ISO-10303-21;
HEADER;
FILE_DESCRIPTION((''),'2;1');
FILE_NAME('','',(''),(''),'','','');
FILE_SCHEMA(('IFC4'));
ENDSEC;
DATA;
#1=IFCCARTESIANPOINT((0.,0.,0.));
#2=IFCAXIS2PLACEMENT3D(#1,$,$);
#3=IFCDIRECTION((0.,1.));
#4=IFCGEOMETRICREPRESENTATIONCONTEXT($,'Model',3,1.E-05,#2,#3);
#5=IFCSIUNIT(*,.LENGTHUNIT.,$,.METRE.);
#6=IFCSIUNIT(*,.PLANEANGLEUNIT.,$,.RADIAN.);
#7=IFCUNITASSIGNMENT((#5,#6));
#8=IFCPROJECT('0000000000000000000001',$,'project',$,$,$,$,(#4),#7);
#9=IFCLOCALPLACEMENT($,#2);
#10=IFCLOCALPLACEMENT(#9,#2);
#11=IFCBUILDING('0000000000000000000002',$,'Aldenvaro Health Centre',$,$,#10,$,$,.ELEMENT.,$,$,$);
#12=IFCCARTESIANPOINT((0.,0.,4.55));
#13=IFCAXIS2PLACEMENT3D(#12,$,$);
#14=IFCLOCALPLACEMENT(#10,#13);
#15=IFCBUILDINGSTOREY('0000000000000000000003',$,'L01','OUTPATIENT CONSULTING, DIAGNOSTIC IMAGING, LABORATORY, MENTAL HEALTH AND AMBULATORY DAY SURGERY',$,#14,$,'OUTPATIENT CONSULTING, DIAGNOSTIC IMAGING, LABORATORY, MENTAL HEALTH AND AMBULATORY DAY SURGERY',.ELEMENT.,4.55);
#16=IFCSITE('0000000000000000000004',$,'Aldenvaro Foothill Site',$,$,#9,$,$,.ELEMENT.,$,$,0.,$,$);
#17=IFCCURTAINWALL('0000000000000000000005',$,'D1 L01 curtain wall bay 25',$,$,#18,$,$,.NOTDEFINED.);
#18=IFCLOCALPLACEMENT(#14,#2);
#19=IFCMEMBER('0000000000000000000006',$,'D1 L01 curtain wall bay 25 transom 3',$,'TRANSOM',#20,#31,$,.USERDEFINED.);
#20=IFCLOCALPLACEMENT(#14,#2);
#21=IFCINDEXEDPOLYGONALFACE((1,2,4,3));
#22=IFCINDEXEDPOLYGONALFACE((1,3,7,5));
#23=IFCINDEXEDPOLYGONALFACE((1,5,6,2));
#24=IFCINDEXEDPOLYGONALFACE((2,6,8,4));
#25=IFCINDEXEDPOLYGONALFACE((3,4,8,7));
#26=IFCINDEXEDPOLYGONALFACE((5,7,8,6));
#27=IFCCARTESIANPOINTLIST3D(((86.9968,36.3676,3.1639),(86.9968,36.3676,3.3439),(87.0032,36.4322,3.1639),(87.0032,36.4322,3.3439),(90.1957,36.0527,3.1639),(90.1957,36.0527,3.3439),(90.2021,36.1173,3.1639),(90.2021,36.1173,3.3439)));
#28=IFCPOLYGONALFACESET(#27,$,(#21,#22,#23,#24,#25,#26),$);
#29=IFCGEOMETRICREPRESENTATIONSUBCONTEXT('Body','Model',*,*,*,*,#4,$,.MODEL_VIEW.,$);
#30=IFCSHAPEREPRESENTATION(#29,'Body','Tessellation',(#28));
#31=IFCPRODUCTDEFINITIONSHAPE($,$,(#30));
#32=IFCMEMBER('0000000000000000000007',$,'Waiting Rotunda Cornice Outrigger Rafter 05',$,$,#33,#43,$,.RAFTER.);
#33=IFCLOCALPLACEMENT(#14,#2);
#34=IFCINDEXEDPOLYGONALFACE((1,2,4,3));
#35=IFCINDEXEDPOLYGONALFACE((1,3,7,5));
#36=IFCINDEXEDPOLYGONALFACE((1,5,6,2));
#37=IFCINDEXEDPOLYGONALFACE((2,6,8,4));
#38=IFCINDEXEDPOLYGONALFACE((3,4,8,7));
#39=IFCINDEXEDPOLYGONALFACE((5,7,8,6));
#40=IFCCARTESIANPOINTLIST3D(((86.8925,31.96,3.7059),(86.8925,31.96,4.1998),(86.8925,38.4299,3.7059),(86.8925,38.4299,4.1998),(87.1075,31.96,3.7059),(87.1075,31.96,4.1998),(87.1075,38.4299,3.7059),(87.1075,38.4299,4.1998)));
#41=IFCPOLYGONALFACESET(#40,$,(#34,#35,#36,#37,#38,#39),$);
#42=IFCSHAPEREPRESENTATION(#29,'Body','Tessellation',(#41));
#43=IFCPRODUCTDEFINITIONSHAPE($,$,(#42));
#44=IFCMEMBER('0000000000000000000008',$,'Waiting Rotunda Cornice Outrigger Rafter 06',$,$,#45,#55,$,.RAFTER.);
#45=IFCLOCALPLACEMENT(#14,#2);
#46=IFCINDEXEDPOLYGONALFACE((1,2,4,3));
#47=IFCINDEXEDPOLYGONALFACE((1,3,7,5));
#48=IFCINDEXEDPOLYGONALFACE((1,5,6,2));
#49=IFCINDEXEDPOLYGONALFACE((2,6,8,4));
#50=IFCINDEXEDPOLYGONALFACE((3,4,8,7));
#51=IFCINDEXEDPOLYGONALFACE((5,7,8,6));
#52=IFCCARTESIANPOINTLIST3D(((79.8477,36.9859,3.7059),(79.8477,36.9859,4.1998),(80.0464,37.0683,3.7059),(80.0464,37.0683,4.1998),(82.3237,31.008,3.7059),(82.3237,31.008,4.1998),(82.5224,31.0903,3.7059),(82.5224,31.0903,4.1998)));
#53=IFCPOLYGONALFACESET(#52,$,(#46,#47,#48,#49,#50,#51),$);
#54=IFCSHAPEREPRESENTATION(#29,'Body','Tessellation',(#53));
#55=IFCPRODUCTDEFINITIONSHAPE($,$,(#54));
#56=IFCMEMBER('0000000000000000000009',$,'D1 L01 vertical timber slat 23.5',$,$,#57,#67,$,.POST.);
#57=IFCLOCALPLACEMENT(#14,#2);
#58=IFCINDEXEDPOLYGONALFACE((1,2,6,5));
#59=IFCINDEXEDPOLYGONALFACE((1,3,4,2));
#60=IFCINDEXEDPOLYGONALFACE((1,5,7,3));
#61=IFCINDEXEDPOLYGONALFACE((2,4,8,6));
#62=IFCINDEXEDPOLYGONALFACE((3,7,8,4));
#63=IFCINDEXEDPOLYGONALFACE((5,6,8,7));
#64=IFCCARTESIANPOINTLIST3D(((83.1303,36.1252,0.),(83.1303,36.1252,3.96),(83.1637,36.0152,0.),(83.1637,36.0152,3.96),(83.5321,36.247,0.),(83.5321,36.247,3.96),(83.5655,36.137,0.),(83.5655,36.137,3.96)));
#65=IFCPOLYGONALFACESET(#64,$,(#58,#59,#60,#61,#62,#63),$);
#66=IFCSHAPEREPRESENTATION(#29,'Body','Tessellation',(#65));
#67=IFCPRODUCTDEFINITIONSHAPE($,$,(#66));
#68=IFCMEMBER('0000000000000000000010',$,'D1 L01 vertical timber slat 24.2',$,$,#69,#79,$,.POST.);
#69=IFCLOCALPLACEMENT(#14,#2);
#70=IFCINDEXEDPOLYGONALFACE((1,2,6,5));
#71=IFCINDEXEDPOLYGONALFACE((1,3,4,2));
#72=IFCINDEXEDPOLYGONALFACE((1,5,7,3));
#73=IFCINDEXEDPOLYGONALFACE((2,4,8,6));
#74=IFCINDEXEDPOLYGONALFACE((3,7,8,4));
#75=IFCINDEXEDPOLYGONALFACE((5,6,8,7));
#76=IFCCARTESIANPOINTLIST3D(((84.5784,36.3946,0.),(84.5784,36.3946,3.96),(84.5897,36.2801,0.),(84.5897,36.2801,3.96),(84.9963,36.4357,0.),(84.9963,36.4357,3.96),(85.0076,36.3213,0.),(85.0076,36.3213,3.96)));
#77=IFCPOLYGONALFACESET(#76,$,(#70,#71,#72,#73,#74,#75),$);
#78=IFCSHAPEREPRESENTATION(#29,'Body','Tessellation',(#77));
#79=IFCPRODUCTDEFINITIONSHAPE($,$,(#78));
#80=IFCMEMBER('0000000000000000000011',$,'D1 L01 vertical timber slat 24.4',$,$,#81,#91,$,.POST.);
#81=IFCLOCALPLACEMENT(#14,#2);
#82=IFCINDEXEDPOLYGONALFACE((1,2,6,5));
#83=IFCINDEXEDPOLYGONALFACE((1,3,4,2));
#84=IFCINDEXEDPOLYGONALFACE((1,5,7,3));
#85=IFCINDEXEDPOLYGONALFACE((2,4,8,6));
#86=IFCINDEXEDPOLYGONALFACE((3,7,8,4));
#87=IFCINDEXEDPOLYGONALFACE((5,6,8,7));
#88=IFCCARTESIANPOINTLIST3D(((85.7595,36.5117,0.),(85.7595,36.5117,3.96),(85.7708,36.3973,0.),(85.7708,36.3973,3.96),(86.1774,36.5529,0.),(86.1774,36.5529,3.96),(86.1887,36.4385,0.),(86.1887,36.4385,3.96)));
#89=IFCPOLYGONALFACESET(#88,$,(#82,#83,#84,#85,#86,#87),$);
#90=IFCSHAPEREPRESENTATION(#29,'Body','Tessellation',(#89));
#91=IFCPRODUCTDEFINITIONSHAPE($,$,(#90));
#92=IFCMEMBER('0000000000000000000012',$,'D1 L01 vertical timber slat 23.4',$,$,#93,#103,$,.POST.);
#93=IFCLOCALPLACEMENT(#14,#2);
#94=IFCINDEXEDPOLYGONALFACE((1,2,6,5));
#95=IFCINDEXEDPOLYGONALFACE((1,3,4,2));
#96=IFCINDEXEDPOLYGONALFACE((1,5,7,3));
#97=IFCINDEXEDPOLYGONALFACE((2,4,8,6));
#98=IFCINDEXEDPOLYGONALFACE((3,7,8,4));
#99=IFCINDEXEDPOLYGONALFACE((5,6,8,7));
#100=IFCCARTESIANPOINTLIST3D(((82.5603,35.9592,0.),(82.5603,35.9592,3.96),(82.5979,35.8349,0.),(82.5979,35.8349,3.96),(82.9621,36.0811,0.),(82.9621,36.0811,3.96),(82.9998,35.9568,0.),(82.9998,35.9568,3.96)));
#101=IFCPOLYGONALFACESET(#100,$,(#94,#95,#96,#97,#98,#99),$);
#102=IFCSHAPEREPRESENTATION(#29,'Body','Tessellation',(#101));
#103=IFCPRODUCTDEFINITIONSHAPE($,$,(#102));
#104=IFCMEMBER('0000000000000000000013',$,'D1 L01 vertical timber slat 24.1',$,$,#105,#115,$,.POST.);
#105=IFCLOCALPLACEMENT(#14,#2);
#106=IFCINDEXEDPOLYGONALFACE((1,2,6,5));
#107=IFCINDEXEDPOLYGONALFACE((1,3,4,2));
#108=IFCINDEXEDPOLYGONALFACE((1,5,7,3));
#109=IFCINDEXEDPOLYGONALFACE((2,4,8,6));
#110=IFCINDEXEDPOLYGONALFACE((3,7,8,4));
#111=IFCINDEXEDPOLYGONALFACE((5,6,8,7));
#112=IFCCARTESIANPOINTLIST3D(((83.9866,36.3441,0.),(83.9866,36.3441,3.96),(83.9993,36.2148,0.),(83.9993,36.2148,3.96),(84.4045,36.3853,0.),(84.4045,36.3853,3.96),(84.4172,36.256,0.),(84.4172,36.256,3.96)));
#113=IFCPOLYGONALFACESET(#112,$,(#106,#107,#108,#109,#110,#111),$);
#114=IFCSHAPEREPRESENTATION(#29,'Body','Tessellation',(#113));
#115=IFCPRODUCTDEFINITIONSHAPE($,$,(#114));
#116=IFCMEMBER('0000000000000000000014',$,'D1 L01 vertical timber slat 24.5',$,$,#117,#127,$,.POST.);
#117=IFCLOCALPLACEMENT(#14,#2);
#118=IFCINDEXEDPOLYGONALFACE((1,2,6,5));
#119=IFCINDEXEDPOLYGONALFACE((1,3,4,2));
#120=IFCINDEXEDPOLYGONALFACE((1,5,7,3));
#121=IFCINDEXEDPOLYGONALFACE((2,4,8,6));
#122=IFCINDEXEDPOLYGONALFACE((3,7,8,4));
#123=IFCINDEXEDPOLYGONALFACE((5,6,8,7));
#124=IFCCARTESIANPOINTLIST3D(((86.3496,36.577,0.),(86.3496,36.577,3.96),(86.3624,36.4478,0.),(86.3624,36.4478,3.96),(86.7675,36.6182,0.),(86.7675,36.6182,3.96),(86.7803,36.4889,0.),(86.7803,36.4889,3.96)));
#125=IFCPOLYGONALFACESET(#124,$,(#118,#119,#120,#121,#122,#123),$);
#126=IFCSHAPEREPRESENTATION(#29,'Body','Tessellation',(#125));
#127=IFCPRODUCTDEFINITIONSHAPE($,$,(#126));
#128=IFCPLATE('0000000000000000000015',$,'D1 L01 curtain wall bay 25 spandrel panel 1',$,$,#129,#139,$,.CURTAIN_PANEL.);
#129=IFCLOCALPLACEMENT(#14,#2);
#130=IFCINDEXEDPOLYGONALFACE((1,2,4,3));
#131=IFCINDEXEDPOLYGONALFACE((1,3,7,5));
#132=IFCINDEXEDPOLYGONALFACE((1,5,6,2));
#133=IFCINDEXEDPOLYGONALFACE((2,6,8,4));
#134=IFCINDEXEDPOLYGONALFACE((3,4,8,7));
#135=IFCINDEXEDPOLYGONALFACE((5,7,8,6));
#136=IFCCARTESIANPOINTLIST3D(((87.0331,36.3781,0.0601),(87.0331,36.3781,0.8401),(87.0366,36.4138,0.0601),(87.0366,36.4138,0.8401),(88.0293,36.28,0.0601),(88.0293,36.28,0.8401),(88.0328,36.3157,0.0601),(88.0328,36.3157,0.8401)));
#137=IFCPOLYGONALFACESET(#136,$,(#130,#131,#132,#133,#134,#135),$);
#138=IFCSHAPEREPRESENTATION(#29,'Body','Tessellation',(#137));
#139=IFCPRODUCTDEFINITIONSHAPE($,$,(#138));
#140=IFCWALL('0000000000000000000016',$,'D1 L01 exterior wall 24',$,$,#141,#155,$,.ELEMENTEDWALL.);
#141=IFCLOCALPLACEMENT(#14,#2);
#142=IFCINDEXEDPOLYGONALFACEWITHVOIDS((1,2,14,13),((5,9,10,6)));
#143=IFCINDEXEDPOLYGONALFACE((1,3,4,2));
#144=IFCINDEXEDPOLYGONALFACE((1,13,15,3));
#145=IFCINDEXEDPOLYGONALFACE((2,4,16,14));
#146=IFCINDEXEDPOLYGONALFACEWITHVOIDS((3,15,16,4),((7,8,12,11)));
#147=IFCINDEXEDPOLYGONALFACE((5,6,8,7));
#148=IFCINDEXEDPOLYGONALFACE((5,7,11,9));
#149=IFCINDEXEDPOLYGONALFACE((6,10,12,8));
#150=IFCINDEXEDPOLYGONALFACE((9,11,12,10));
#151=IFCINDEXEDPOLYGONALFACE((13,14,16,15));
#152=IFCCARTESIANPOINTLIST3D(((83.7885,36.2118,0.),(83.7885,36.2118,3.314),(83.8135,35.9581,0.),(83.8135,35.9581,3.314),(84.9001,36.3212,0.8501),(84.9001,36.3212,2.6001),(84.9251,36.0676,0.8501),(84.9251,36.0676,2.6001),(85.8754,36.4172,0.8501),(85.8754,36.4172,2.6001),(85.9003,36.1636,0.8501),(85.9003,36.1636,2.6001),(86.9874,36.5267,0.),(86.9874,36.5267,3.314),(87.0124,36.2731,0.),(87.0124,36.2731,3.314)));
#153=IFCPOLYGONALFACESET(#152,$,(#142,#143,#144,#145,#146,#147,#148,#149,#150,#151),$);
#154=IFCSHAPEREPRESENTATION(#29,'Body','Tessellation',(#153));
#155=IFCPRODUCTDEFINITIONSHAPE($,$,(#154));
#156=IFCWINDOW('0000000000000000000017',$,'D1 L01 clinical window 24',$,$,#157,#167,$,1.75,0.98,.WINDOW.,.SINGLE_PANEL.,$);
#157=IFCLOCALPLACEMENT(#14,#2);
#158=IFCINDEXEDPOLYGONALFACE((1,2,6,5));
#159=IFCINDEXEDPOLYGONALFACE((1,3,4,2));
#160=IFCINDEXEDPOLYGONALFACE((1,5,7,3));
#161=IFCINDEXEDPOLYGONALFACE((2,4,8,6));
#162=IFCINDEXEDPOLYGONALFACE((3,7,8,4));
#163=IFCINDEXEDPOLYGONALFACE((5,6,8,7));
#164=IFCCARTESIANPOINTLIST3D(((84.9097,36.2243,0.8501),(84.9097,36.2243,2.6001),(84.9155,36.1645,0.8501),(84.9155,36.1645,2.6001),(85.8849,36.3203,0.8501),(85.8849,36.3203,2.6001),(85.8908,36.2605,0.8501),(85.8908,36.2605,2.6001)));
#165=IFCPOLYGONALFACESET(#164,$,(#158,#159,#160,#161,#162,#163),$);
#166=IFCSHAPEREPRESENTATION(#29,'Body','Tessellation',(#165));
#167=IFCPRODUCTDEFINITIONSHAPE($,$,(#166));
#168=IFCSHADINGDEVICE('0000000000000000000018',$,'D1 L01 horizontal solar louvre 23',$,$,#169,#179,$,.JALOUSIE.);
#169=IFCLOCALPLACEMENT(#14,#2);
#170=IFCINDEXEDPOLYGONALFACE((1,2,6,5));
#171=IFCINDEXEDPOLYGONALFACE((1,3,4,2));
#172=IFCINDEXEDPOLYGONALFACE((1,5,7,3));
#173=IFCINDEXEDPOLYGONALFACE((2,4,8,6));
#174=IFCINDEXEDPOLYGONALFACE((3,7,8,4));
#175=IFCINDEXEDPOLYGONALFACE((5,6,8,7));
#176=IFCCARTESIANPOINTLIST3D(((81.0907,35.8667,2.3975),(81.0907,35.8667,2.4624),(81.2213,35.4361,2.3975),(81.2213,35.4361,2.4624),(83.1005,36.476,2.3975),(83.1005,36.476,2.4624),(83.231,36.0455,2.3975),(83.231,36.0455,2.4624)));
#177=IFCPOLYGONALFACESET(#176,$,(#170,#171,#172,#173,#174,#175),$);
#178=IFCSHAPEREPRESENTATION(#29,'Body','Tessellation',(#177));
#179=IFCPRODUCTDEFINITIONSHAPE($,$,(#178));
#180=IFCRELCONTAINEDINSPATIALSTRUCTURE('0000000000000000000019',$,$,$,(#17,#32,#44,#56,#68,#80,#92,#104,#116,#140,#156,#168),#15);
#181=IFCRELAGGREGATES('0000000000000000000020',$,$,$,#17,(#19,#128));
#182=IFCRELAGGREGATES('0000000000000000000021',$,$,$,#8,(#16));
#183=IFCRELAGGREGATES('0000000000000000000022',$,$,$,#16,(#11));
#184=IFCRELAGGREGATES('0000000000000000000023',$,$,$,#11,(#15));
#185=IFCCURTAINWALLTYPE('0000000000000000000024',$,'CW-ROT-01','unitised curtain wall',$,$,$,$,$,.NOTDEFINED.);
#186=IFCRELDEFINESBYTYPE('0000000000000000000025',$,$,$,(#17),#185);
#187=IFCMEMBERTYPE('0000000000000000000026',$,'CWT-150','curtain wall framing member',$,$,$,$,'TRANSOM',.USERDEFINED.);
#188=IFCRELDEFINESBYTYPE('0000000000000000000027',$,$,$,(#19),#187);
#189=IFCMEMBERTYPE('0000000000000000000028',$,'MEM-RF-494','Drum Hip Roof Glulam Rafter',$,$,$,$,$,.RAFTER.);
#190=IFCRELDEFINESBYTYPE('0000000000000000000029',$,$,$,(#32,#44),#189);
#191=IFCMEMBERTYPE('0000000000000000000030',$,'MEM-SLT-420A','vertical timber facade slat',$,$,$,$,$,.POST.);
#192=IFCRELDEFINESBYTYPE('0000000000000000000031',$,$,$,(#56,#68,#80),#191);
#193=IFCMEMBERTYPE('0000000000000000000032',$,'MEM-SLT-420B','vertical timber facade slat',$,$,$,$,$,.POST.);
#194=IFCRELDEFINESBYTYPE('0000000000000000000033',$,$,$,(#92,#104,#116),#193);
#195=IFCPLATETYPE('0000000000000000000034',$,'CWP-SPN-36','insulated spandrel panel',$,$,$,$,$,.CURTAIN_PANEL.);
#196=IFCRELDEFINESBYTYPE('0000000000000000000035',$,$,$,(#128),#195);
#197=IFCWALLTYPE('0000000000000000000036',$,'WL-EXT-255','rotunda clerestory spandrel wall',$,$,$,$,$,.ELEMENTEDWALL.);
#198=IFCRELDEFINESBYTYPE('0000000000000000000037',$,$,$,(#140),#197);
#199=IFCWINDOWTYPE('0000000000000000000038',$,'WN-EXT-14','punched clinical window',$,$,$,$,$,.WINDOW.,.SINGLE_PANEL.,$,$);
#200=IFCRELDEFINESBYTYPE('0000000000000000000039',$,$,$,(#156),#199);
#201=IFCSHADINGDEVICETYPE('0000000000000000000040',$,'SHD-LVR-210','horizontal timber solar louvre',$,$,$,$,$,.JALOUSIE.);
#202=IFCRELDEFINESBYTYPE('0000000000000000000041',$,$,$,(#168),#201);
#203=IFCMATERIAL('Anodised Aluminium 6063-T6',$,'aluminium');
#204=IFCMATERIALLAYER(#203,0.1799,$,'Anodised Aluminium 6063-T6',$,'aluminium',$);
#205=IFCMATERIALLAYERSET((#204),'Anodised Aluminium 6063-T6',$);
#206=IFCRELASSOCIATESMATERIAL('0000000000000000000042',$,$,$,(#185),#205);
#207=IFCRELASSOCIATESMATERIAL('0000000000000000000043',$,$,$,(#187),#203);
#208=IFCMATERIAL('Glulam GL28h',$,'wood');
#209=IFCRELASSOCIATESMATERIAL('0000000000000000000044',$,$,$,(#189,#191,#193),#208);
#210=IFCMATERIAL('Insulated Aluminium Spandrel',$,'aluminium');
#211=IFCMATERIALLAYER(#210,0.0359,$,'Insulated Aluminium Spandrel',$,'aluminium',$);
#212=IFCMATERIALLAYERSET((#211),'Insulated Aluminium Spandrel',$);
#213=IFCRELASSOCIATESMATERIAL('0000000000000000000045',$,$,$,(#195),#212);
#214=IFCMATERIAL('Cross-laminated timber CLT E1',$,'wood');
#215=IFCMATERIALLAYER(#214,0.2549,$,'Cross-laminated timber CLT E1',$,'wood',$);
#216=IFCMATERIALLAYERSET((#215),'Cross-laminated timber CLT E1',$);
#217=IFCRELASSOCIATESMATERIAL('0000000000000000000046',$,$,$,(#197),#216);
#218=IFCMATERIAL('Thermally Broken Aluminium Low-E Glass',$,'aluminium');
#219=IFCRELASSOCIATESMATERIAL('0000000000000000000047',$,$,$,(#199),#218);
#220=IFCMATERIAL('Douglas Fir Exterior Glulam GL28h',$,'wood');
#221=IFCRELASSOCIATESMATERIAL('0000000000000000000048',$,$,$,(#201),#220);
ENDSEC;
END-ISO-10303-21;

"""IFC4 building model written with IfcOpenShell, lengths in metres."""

from ifc_helpers import new_model, si_unit, direction, frame, frame_2d, origin, origin_2d, place, context, subcontext, project, spatial, rectangle, extrude, material, layer, layer_set, material_profile, profile_set, type_object, element, fill, aggregate, save


model = new_model("IFC4")

# Units and contexts
model_context = context("Model", 3, precision=1e-05, world=origin(), true_north=direction((0.0, 1.0)))
body_context = subcontext(model_context, "Body", "Model", "MODEL_VIEW")
ifc_project = project(units=[si_unit("LENGTHUNIT", "METRE"), si_unit("PLANEANGLEUNIT", "RADIAN")], contexts=[model_context])

# Site, building, storey
site_placement = place(None, origin())
site = spatial("IfcSite", under=ifc_project, at=site_placement, Name="Aldenvaro Foothill Site", CompositionType="ELEMENT", RefElevation=0.0)
building_placement = place(site_placement, origin())
building = spatial("IfcBuilding", under=site, at=building_placement, Name="Aldenvaro Health Centre", CompositionType="ELEMENT")
storey_placement = place(building_placement, frame((0.0, 0.0, 4.55)))
storey = spatial("IfcBuildingStorey", under=building, at=storey_placement, Name="L01", Description="OUTPATIENT CONSULTING, DIAGNOSTIC IMAGING, LABORATORY, MENTAL HEALTH AND AMBULATORY DAY SURGERY", LongName="OUTPATIENT CONSULTING, DIAGNOSTIC IMAGING, LABORATORY, MENTAL HEALTH AND AMBULATORY DAY SURGERY", CompositionType="ELEMENT", Elevation=4.55)

# Shared definitions
ifc_material_1 = material(Name="Glulam GL28h", Category="wood")

# Curtain wall, member
ifc_material_2 = material(Name="Anodised Aluminium 6063-T6", Category="aluminium")
ifc_layer_1 = layer(ifc_material_2, 0.1799, Name="Anodised Aluminium 6063-T6", Category="aluminium")
ifc_layer_set_1 = layer_set([ifc_layer_1], Name="Anodised Aluminium 6063-T6")
curtain_wall_type = type_object("IfcCurtainWallType", Name="CW-ROT-01", Description="unitised curtain wall", PredefinedType="NOTDEFINED", material=ifc_layer_set_1)
curtain_wall_placement = place(storey_placement, origin())
curtain_wall = element("IfcCurtainWall", 1, at=curtain_wall_placement, inside=storey, type_object=curtain_wall_type, Name="D1 L01 curtain wall bay 25", PredefinedType="NOTDEFINED")
ifc_material_profile_1 = material_profile(ifc_material_2, rectangle(XDim=0.0649, YDim=0.1799, at=origin_2d()), Name="ALU 65x180", Category="aluminium")
ifc_profile_set_1 = profile_set([ifc_material_profile_1], Name="Anodised Aluminium 6063-T6")
member_type_1 = type_object("IfcMemberType", Name="CWT-150", Description="curtain wall framing member", ElementType="TRANSOM", PredefinedType="USERDEFINED", material=ifc_profile_set_1)
member_1_placement = place(storey_placement, frame((87.0, 36.3999, 3.2539), z_axis=(0.995189, -0.097977, 0.0), x_axis=(0.097977, 0.995189, 0.0)))
member_1 = element("IfcMember", 2, at=member_1_placement, type_object=member_type_1, Name="D1 L01 curtain wall bay 25 transom 3", ObjectType="TRANSOM", PredefinedType="USERDEFINED", context=body_context, shape_type="SweptSolid", body=[
    extrude(rectangle(XDim=0.0649, YDim=0.1799, at=origin_2d()), origin(), (0.0, 0.0, 1.0), 3.2144),
])

# Members
ifc_material_profile_2 = material_profile(ifc_material_1, rectangle(XDim=0.2151, YDim=0.4939, at=origin_2d()), Name="GL 215x494", Category="wood")
ifc_profile_set_2 = profile_set([ifc_material_profile_2], Name="Glulam GL28h")
member_type_2 = type_object("IfcMemberType", Name="MEM-RF-494", Description="Drum Hip Roof Glulam Rafter", PredefinedType="RAFTER", material=ifc_profile_set_2)
member_2_placement = place(storey_placement, frame((87.0, 38.4299, 3.9529), z_axis=(0.0, -1.0, 0.0), x_axis=(1.0, 0.0, 0.0)))
element("IfcMember", 3, at=member_2_placement, inside=storey, type_object=member_type_2, Name="Waiting Rotunda Cornice Outrigger Rafter 05", PredefinedType="RAFTER", context=body_context, shape_type="SweptSolid", body=[
    extrude(rectangle(XDim=0.2151, YDim=0.4939, at=origin_2d()), origin(), (0.0, 0.0, 1.0), 6.47),
])
member_3_placement = place(storey_placement, frame((79.947, 37.0271, 3.9529), z_axis=(0.382669, -0.923885, 0.0), x_axis=(0.923885, 0.382669, 0.0)))
element("IfcMember", 4, at=member_3_placement, inside=storey, type_object=member_type_2, Name="Waiting Rotunda Cornice Outrigger Rafter 06", PredefinedType="RAFTER", context=body_context, shape_type="SweptSolid", body=[
    extrude(rectangle(XDim=0.2151, YDim=0.4939, at=origin_2d()), origin(), (0.0, 0.0, 1.0), 6.4705),
])
ifc_material_profile_3 = material_profile(ifc_material_1, rectangle(XDim=0.115, YDim=0.4199, at=origin_2d()), Name="GL 115x420", Category="wood")
ifc_profile_set_3 = profile_set([ifc_material_profile_3], Name="Glulam GL28h")
member_type_3 = type_object("IfcMemberType", Name="MEM-SLT-420A", Description="vertical timber facade slat", PredefinedType="POST", material=ifc_profile_set_3)
for number, where, z_axis, x_axis, name in (
    (5, (83.3479, 36.1311, 0.0), (0.0, 0.0, 1.0), (-0.290171, 0.956975, 0.0), "D1 L01 vertical timber slat 23.5"),
    (6, (84.793, 36.3579, 0.0), (0.0, 0.0, 1.0), (-0.097994, 0.995187, 0.0), "D1 L01 vertical timber slat 24.2"),
    (7, (85.9741, 36.4751, 0.0), (0.0, 0.0, 1.0), (-0.097994, 0.995187, 0.0), "D1 L01 vertical timber slat 24.4"),
):
    element("IfcMember", number, at=place(storey_placement, frame(where, z_axis=z_axis, x_axis=x_axis)), inside=storey, type_object=member_type_3, Name=name, PredefinedType="POST", context=body_context, shape_type="SweptSolid", body=[
        extrude(rectangle(XDim=0.115, YDim=0.4199, at=origin_2d()), origin(), (0.0, 0.0, 1.0), 3.96),
    ])
ifc_material_profile_4 = material_profile(ifc_material_1, rectangle(XDim=0.1299, YDim=0.4199, at=origin_2d()), Name="GL 130x420", Category="wood")
ifc_profile_set_4 = profile_set([ifc_material_profile_4], Name="Glulam GL28h")
member_type_4 = type_object("IfcMemberType", Name="MEM-SLT-420B", Description="vertical timber facade slat", PredefinedType="POST", material=ifc_profile_set_4)
for number, where, z_axis, x_axis, name in (
    (8, (82.78, 35.958, 0.0), (0.0, 0.0, 1.0), (-0.290171, 0.956975, 0.0), "D1 L01 vertical timber slat 23.4"),
    (9, (84.2019, 36.3, 0.0), (0.0, 0.0, 1.0), (-0.097994, 0.995187, 0.0), "D1 L01 vertical timber slat 24.1"),
    (10, (86.5649, 36.533, 0.0), (0.0, 0.0, 1.0), (-0.097994, 0.995187, 0.0), "D1 L01 vertical timber slat 24.5"),
):
    element("IfcMember", number, at=place(storey_placement, frame(where, z_axis=z_axis, x_axis=x_axis)), inside=storey, type_object=member_type_4, Name=name, PredefinedType="POST", context=body_context, shape_type="SweptSolid", body=[
        extrude(rectangle(XDim=0.1299, YDim=0.4199, at=origin_2d()), origin(), (0.0, 0.0, 1.0), 3.96),
    ])

# Plate
ifc_material_3 = material(Name="Insulated Aluminium Spandrel", Category="aluminium")
ifc_layer_2 = layer(ifc_material_3, 0.0359, Name="Insulated Aluminium Spandrel", Category="aluminium")
ifc_layer_set_2 = layer_set([ifc_layer_2], Name="Insulated Aluminium Spandrel")
plate_type = type_object("IfcPlateType", Name="CWP-SPN-36", Description="insulated spandrel panel", PredefinedType="CURTAIN_PANEL", material=ifc_layer_set_2)
plate_placement = place(storey_placement, frame((87.533, 36.3469, 0.0601), z_axis=(0.0, 0.0, 1.0), x_axis=(0.995187, -0.097994, 0.0)))
plate = element("IfcPlate", 11, at=plate_placement, type_object=plate_type, Name="D1 L01 curtain wall bay 25 spandrel panel 1", PredefinedType="CURTAIN_PANEL", context=body_context, shape_type="SweptSolid", body=[
    extrude(rectangle(XDim=1.001, YDim=0.0359, at=origin_2d()), origin(), (0.0, 0.0, 1.0), 0.78),
])
aggregate(curtain_wall, [member_1, plate])

# Wall, opening, window
ifc_material_4 = material(Name="Cross-laminated timber CLT E1", Category="wood")
ifc_layer_3 = layer(ifc_material_4, 0.2549, Name="Cross-laminated timber CLT E1", Category="wood")
ifc_layer_set_3 = layer_set([ifc_layer_3], Name="Cross-laminated timber CLT E1")
wall_type = type_object("IfcWallType", Name="WL-EXT-255", Description="rotunda clerestory spandrel wall", PredefinedType="ELEMENTEDWALL", material=ifc_layer_set_3)
wall_placement = place(storey_placement, frame((83.801, 36.085, 0.0), z_axis=(0.0, 0.0, 1.0), x_axis=(0.995189, 0.097977, 0.0)))
wall = element("IfcWall", 12, at=wall_placement, inside=storey, type_object=wall_type, Name="D1 L01 exterior wall 24", PredefinedType="ELEMENTEDWALL", context=body_context, shape_type="SweptSolid", body=[
    extrude(rectangle(XDim=3.2144, YDim=0.2549, at=frame_2d((1.6072, 0.0))), origin(), (0.0, 0.0, 1.0), 3.314),
])
opening_placement = place(wall_placement, frame((1.1169, 0.0, 0.8501)))
opening = element("IfcOpeningElement", 13, at=opening_placement, cuts=wall, PredefinedType="OPENING", context=body_context, shape_type="SweptSolid", body=[
    extrude(rectangle(XDim=0.98, YDim=1.75, at=frame_2d((0.49, 0.875))), frame((0.0, 0.1375, 0.0), z_axis=(0.0, -1.0, 0.0), x_axis=(1.0, 0.0, 0.0)), (0.0, 0.0, 1.0), 0.2749),
])
ifc_material_5 = material(Name="Thermally Broken Aluminium Low-E Glass", Category="aluminium")
window_type = type_object("IfcWindowType", Name="WN-EXT-14", Description="punched clinical window", PartitioningType="SINGLE_PANEL", PredefinedType="WINDOW", material=ifc_material_5)
window_placement = place(opening_placement, origin())
window = element("IfcWindow", 14, at=window_placement, inside=storey, type_object=window_type, Name="D1 L01 clinical window 24", OverallHeight=1.75, OverallWidth=0.98, PartitioningType="SINGLE_PANEL", PredefinedType="WINDOW", context=body_context, shape_type="SweptSolid", body=[
    extrude(rectangle(XDim=0.98, YDim=1.75, at=frame_2d((0.49, 0.875))), frame((0.0, 0.03, 0.0), z_axis=(0.0, -1.0, 0.0), x_axis=(1.0, 0.0, 0.0)), (0.0, 0.0, 1.0), 0.0601),
])
fill(opening, window)

# Shading device
ifc_material_6 = material(Name="Douglas Fir Exterior Glulam GL28h", Category="wood")
shading_device_type = type_object("IfcShadingDeviceType", Name="SHD-LVR-210", Description="horizontal timber solar louvre", PredefinedType="JALOUSIE", material=ifc_material_6)
shading_device_placement = place(storey_placement, frame((82.1609, 35.9561, 2.3975), z_axis=(0.0, 0.0, 1.0), x_axis=(0.956975, 0.290171, 0.0)))
element("IfcShadingDevice", 15, at=shading_device_placement, inside=storey, type_object=shading_device_type, Name="D1 L01 horizontal solar louvre 23", PredefinedType="JALOUSIE", context=body_context, shape_type="SweptSolid", body=[
    extrude(rectangle(XDim=2.1001, YDim=0.45, at=origin_2d()), origin(), (0.0, 0.0, 1.0), 0.0649),
])

save(model, "model.ifc")
